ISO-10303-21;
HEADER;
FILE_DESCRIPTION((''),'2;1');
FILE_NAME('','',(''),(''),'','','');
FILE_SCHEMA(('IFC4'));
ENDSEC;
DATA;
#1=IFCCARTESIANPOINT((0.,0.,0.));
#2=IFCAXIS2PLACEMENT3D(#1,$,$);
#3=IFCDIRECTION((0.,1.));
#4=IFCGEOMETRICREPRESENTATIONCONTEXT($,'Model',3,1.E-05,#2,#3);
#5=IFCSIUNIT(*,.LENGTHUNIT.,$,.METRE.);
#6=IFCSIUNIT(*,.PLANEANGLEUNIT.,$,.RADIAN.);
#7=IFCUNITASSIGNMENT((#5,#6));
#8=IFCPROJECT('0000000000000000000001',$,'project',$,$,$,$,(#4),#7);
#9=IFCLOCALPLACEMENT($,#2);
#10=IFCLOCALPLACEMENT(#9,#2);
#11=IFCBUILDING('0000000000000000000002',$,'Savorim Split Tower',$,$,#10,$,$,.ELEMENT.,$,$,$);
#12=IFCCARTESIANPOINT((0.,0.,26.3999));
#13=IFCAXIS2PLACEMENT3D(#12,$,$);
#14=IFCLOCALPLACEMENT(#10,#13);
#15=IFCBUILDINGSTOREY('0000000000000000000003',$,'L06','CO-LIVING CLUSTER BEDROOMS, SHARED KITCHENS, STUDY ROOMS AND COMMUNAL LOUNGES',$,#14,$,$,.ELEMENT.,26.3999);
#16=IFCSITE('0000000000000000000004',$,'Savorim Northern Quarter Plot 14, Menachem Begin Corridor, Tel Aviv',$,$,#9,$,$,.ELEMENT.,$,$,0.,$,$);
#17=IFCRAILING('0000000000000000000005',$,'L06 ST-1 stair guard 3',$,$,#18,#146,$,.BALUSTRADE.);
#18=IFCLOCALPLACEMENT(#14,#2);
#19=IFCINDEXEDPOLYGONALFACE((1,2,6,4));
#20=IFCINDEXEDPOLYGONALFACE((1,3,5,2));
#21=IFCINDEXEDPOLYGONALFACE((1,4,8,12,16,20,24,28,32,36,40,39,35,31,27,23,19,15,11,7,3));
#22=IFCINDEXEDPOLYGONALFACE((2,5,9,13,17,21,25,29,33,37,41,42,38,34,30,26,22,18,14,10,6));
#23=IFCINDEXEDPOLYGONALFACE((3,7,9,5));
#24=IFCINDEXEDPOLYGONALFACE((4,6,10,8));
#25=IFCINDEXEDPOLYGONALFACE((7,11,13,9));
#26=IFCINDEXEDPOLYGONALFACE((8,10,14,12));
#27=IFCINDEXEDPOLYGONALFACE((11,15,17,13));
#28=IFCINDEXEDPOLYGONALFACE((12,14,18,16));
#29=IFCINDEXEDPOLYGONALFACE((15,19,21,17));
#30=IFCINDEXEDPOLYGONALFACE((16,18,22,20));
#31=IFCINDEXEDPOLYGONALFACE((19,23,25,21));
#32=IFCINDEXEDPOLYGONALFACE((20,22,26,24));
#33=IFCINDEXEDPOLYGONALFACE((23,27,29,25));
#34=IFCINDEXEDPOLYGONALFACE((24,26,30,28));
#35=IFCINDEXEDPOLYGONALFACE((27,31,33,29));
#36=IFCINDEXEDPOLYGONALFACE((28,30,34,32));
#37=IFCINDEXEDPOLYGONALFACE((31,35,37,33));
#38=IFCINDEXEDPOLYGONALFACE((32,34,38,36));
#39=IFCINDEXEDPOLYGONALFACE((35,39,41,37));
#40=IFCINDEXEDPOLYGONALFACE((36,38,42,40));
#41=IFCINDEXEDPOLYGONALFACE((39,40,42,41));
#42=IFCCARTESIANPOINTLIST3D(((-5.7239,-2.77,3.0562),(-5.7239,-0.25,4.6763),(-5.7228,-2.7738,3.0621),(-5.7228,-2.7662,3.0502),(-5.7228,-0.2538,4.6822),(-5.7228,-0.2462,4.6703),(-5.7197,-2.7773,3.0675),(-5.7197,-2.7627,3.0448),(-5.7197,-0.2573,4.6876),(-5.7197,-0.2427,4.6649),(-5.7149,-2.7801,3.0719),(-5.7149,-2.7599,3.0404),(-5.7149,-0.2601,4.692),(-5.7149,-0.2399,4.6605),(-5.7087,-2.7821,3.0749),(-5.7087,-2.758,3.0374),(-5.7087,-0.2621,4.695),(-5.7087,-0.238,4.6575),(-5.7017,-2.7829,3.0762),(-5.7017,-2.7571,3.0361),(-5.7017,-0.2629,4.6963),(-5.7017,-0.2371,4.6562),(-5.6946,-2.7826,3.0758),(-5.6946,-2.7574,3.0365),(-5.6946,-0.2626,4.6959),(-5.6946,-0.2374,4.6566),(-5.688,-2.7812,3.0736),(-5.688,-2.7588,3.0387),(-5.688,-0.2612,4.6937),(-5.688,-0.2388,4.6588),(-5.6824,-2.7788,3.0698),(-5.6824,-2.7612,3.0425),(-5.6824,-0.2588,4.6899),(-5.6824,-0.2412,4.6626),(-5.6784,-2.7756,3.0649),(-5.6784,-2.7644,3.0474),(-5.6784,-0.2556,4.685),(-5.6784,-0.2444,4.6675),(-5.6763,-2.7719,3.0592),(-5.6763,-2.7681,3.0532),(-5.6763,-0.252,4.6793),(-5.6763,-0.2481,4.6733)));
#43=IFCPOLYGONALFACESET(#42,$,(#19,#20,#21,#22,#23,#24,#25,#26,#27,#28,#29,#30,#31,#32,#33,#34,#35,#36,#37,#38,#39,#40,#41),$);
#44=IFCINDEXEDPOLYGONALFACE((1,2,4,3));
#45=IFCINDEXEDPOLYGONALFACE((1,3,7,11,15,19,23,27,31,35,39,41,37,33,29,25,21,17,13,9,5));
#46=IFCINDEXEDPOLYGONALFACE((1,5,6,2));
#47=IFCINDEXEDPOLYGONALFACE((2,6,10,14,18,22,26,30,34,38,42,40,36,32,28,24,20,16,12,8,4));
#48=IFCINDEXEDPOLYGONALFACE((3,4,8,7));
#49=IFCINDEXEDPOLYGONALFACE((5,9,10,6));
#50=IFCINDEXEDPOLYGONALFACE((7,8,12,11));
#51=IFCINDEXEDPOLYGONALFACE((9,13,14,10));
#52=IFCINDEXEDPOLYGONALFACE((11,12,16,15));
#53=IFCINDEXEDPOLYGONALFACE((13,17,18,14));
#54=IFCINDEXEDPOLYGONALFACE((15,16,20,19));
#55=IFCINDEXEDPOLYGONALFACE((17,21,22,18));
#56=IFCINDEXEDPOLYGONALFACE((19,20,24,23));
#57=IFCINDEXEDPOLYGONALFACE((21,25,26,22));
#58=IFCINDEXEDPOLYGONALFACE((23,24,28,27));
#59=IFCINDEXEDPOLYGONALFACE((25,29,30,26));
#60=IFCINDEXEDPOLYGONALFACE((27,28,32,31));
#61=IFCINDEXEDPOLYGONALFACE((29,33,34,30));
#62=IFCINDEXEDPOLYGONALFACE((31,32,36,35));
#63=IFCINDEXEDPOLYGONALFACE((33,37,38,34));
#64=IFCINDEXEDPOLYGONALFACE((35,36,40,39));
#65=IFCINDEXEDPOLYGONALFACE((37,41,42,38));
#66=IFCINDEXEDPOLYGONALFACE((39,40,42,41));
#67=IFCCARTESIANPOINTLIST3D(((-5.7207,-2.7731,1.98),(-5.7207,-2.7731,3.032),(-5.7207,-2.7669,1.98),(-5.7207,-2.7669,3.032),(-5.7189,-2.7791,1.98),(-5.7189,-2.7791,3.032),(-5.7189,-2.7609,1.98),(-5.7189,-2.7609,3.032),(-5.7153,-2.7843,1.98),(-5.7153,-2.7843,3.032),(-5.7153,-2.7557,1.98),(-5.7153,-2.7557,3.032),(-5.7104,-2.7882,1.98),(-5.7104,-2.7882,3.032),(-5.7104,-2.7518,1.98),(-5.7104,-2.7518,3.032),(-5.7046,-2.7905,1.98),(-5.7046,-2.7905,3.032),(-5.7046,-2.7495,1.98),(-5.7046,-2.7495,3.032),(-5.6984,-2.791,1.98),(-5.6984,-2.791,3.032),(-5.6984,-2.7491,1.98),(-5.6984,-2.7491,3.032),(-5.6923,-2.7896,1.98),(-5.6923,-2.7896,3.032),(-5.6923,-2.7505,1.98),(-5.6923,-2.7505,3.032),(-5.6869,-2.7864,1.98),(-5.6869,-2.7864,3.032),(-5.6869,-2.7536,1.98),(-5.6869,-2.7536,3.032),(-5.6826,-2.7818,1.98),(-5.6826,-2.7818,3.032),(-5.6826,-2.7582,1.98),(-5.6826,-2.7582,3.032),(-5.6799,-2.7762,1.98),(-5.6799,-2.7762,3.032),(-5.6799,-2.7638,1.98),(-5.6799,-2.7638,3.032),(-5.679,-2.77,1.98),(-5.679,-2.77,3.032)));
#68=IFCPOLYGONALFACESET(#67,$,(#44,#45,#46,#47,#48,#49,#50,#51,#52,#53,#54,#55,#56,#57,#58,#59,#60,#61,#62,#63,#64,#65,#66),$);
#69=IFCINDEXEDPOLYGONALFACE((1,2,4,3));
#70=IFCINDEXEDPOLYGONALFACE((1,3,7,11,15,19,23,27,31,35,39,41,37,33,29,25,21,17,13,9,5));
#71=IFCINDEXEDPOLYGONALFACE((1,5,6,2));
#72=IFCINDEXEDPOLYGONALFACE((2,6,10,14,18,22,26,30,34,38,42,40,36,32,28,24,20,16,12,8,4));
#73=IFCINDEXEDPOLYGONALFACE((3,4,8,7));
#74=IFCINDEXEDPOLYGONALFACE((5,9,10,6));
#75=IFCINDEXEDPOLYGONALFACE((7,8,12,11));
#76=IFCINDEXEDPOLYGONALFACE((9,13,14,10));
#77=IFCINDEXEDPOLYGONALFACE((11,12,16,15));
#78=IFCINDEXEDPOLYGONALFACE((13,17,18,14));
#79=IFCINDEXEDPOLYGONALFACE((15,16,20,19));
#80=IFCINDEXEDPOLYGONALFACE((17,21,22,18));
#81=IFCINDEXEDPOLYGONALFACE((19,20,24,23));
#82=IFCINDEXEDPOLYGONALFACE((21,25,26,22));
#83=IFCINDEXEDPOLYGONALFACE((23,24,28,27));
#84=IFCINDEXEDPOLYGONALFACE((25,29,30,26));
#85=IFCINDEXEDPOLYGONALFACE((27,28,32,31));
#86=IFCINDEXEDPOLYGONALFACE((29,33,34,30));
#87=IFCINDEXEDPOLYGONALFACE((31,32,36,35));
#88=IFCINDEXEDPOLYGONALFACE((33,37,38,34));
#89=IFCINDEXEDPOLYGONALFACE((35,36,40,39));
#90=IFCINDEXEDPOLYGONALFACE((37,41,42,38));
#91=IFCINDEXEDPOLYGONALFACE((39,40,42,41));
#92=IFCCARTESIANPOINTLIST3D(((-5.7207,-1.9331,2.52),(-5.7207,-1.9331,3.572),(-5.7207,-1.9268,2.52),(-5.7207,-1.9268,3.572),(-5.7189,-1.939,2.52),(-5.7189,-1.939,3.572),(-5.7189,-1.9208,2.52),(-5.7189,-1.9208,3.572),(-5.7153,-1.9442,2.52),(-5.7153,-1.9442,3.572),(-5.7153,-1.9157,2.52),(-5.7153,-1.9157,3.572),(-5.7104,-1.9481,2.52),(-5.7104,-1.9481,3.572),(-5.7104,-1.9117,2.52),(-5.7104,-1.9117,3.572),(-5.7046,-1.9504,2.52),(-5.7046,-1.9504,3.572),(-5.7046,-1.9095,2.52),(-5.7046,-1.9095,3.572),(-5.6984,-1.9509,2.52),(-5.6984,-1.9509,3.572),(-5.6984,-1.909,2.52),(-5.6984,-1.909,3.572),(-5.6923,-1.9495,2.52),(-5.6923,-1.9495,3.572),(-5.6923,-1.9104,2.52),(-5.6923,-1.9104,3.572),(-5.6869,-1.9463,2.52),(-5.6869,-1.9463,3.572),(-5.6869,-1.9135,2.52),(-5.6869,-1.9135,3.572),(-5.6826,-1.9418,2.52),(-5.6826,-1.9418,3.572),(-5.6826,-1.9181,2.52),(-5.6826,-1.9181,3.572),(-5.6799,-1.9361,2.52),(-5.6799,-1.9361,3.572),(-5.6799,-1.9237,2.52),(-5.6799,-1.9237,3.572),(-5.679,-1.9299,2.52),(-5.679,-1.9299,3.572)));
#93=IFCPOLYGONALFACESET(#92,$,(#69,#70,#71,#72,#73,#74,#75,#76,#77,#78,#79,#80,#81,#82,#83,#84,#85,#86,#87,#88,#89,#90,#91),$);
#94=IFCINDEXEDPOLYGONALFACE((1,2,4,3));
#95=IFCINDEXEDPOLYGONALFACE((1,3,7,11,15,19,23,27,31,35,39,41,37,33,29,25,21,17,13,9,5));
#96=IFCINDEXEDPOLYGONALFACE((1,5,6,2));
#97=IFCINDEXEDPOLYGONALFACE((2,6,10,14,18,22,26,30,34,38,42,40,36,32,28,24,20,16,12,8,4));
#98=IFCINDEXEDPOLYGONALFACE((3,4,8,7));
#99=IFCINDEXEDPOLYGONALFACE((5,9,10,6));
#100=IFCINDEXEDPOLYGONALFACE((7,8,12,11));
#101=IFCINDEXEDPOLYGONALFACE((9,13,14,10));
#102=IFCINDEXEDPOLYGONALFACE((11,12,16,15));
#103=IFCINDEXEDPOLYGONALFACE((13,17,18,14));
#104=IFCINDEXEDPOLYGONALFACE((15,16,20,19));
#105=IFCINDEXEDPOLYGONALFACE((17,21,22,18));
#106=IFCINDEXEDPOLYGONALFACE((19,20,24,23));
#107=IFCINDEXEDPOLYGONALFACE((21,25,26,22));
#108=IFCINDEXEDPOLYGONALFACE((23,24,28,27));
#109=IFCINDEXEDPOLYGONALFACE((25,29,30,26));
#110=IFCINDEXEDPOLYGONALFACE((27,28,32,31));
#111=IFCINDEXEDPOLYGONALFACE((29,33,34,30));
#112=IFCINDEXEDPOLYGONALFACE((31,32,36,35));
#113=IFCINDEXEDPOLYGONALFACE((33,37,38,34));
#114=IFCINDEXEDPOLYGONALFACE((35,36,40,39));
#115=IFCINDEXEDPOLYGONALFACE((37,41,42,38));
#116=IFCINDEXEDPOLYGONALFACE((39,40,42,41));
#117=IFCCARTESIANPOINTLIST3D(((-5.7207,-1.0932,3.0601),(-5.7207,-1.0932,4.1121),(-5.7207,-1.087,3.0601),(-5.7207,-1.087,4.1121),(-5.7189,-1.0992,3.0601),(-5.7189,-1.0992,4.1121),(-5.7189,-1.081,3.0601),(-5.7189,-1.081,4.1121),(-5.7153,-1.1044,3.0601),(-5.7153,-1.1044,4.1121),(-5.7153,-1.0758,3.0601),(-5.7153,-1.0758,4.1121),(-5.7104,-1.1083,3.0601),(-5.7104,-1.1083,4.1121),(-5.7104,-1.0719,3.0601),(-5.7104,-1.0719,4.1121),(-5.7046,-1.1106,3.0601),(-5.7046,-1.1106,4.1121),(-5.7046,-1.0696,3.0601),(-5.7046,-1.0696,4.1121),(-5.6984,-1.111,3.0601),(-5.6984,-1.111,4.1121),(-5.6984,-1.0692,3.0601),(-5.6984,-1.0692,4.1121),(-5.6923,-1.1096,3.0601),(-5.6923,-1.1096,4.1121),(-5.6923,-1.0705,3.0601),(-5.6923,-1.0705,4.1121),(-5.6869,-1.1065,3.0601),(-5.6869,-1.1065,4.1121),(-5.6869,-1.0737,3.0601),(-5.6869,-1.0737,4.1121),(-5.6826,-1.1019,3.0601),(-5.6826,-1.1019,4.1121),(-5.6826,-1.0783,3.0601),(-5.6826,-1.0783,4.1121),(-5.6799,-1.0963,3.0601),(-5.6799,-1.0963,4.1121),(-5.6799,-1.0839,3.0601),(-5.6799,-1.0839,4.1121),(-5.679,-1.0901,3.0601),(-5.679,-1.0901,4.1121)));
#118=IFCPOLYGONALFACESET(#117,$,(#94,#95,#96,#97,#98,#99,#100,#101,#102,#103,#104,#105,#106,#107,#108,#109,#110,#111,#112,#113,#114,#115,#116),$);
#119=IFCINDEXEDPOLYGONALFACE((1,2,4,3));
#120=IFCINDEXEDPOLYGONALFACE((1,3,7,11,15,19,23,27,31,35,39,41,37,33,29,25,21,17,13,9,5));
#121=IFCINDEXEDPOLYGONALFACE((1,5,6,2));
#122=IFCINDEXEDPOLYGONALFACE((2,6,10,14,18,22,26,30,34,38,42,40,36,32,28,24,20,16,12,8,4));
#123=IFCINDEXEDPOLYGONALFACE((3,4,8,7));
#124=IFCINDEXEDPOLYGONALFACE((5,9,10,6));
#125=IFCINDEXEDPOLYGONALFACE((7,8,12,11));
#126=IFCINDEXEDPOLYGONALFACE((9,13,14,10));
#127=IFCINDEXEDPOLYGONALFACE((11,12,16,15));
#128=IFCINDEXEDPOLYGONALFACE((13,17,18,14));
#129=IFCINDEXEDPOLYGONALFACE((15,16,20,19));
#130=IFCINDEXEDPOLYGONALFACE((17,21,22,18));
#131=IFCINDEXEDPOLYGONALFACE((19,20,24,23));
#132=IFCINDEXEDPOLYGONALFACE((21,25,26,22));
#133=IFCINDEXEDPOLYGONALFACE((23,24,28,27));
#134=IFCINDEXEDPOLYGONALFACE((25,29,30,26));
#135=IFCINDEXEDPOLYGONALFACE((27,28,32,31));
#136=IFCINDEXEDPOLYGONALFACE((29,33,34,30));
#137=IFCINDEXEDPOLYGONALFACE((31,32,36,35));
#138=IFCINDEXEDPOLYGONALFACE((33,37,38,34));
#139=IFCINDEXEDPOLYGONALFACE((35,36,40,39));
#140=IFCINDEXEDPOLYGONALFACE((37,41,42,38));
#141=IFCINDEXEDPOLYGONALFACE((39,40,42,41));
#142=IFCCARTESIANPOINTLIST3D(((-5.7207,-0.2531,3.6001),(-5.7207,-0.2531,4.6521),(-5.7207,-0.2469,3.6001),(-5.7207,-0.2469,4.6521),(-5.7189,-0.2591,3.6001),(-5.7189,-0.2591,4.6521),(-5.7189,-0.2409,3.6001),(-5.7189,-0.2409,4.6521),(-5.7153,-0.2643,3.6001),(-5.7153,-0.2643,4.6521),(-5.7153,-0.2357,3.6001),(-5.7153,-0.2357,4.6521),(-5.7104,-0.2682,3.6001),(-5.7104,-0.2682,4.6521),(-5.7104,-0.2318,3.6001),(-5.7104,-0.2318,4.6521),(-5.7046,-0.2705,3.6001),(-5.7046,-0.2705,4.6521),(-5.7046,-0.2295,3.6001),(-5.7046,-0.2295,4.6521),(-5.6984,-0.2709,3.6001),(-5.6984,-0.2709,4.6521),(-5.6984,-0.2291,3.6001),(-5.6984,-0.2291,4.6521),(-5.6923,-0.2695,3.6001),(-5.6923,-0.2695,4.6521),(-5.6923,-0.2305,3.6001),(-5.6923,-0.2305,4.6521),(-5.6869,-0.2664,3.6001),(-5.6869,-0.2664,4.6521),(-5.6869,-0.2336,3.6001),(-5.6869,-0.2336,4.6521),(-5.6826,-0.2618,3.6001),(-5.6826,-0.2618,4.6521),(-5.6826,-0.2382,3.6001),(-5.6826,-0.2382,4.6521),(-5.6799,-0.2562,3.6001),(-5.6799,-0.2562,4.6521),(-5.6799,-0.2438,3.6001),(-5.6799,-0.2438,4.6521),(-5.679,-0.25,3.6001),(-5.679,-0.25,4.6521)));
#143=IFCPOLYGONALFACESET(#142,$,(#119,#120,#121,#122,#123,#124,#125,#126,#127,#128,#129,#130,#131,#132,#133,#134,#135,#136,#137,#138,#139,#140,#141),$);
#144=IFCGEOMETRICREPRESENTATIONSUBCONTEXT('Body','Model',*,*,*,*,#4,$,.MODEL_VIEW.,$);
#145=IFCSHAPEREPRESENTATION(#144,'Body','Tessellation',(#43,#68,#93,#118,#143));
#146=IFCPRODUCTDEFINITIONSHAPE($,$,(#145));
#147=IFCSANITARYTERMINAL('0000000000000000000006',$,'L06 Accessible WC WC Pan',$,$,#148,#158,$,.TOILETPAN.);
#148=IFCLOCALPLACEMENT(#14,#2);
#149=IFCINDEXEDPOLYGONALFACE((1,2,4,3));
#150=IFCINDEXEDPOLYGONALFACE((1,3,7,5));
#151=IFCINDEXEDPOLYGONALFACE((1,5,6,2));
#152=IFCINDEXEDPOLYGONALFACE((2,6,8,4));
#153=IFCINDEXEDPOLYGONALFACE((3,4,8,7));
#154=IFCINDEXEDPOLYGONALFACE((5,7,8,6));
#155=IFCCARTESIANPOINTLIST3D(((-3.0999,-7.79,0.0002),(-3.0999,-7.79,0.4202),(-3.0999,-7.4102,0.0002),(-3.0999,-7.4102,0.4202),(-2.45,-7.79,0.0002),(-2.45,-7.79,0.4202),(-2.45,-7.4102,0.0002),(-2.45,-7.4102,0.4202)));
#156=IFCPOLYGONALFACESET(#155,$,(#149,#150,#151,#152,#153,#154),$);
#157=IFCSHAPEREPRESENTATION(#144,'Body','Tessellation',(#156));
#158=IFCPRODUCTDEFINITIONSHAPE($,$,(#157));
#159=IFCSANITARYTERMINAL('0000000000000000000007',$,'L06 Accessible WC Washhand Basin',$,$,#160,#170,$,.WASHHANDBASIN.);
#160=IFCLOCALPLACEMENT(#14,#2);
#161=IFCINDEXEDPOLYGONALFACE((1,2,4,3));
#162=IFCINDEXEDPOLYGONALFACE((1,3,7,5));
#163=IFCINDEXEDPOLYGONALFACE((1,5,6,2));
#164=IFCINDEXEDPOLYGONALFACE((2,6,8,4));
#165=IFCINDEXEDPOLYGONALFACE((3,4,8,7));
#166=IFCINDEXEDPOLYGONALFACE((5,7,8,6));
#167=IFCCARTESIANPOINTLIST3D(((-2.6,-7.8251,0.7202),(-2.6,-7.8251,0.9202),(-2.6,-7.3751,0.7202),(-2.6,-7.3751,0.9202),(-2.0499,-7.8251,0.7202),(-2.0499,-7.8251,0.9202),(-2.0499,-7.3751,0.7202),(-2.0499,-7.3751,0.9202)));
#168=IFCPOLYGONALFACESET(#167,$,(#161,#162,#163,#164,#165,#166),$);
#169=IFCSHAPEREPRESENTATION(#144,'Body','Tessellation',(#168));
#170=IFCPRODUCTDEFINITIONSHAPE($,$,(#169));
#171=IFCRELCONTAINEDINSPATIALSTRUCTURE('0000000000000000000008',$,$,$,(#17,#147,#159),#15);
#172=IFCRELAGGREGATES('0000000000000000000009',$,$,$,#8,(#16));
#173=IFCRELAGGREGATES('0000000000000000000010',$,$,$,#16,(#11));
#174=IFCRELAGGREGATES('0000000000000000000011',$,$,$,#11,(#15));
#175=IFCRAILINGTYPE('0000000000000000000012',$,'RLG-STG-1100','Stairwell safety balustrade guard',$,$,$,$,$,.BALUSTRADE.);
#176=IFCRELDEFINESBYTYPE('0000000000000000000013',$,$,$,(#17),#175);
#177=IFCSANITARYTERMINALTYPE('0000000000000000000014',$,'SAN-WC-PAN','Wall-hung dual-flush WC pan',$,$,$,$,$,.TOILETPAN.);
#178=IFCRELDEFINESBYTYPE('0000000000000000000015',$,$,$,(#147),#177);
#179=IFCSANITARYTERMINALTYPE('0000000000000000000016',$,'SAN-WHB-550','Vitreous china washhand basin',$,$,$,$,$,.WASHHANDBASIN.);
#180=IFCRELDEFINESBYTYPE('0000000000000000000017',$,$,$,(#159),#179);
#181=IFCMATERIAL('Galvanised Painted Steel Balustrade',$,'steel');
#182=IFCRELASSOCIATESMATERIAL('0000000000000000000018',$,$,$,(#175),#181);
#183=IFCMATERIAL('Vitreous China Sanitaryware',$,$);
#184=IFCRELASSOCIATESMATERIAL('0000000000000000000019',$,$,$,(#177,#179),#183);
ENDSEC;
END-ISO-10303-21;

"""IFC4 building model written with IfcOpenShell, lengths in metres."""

from ifc_helpers import new_model, si_unit, direction, frame, origin, origin_2d, place, context, subcontext, project, spatial, rectangle, circle, extrude, material, type_object, element, save


model = new_model("IFC4")

# Units and contexts
model_context = context("Model", 3, precision=1e-05, world=origin(), true_north=direction((0.0, 1.0)))
body_context = subcontext(model_context, "Body", "Model", "MODEL_VIEW")
ifc_project = project(units=[si_unit("LENGTHUNIT", "METRE"), si_unit("PLANEANGLEUNIT", "RADIAN")], contexts=[model_context])

# Site, building, storey
site_placement = place(None, origin())
site = spatial("IfcSite", under=ifc_project, at=site_placement, Name="Savorim Northern Quarter Plot 14, Menachem Begin Corridor, Tel Aviv", CompositionType="ELEMENT", RefElevation=0.0)
building_placement = place(site_placement, origin())
building = spatial("IfcBuilding", under=site, at=building_placement, Name="Savorim Split Tower", CompositionType="ELEMENT")
storey_placement = place(building_placement, frame((0.0, 0.0, 26.3999)))
storey = spatial("IfcBuildingStorey", under=building, at=storey_placement, Name="L06", Description="CO-LIVING CLUSTER BEDROOMS, SHARED KITCHENS, STUDY ROOMS AND COMMUNAL LOUNGES", CompositionType="ELEMENT", Elevation=26.3999)

# Railing
ifc_material_1 = material(Name="Galvanised Painted Steel Balustrade", Category="steel")
railing_type_1 = type_object("IfcRailingType", Name="RLG-STG-1100", Description="Stairwell safety balustrade guard", PredefinedType="BALUSTRADE", material=ifc_material_1)
railing_1_placement = place(storey_placement, frame((-5.7, -2.77, 1.98)))
element("IfcRailing", 1, at=railing_1_placement, inside=storey, type_object=railing_type_1, Name="L06 ST-1 stair guard 3", PredefinedType="BALUSTRADE", context=body_context, shape_type="SweptSolid", body=[
    extrude(circle(Radius=0.0239, at=origin_2d()), frame((0.0, 0.0, 1.0762), z_axis=(0.0, 0.841163, 0.540782), x_axis=(-1.0, 0.0, 0.0)), (0.0, 0.0, 1.0), 2.9958),
    extrude(circle(Radius=0.021, at=origin_2d()), origin(), (0.0, 0.0, 1.0), 1.052),
    extrude(circle(Radius=0.021, at=origin_2d()), frame((0.0, 0.8401, 0.54)), (0.0, 0.0, 1.0), 1.052),
    extrude(circle(Radius=0.021, at=origin_2d()), frame((0.0, 1.6799, 1.0801)), (0.0, 0.0, 1.0), 1.052),
    extrude(circle(Radius=0.021, at=origin_2d()), frame((0.0, 2.52, 1.6201)), (0.0, 0.0, 1.0), 1.052),
])

# Sanitary terminals
ifc_material_2 = material(Name="Vitreous China Sanitaryware")
sanitary_terminal_type_1 = type_object("IfcSanitaryTerminalType", Name="SAN-WC-PAN", Description="Wall-hung dual-flush WC pan", PredefinedType="TOILETPAN", material=ifc_material_2)
sanitary_terminal_1_placement = place(storey_placement, frame((-2.7749, -7.6001, 0.0002), z_axis=(0.0, 0.0, 1.0), x_axis=(1.0, 0.0, 0.0)))
element("IfcSanitaryTerminal", 2, at=sanitary_terminal_1_placement, inside=storey, type_object=sanitary_terminal_type_1, Name="L06 Accessible WC WC Pan", PredefinedType="TOILETPAN", context=body_context, shape_type="SweptSolid", body=[
    extrude(rectangle(XDim=0.6499, YDim=0.3799, at=origin_2d()), origin(), (0.0, 0.0, 1.0), 0.4199),
])
sanitary_terminal_type_2 = type_object("IfcSanitaryTerminalType", Name="SAN-WHB-550", Description="Vitreous china washhand basin", PredefinedType="WASHHANDBASIN", material=ifc_material_2)
sanitary_terminal_2_placement = place(storey_placement, frame((-2.325, -7.6001, 0.7202), z_axis=(0.0, 0.0, 1.0), x_axis=(1.0, 0.0, 0.0)))
element("IfcSanitaryTerminal", 3, at=sanitary_terminal_2_placement, inside=storey, type_object=sanitary_terminal_type_2, Name="L06 Accessible WC Washhand Basin", PredefinedType="WASHHANDBASIN", context=body_context, shape_type="SweptSolid", body=[
    extrude(rectangle(XDim=0.55, YDim=0.45, at=origin_2d()), origin(), (0.0, 0.0, 1.0), 0.2),
])

save(model, "model.ifc")
